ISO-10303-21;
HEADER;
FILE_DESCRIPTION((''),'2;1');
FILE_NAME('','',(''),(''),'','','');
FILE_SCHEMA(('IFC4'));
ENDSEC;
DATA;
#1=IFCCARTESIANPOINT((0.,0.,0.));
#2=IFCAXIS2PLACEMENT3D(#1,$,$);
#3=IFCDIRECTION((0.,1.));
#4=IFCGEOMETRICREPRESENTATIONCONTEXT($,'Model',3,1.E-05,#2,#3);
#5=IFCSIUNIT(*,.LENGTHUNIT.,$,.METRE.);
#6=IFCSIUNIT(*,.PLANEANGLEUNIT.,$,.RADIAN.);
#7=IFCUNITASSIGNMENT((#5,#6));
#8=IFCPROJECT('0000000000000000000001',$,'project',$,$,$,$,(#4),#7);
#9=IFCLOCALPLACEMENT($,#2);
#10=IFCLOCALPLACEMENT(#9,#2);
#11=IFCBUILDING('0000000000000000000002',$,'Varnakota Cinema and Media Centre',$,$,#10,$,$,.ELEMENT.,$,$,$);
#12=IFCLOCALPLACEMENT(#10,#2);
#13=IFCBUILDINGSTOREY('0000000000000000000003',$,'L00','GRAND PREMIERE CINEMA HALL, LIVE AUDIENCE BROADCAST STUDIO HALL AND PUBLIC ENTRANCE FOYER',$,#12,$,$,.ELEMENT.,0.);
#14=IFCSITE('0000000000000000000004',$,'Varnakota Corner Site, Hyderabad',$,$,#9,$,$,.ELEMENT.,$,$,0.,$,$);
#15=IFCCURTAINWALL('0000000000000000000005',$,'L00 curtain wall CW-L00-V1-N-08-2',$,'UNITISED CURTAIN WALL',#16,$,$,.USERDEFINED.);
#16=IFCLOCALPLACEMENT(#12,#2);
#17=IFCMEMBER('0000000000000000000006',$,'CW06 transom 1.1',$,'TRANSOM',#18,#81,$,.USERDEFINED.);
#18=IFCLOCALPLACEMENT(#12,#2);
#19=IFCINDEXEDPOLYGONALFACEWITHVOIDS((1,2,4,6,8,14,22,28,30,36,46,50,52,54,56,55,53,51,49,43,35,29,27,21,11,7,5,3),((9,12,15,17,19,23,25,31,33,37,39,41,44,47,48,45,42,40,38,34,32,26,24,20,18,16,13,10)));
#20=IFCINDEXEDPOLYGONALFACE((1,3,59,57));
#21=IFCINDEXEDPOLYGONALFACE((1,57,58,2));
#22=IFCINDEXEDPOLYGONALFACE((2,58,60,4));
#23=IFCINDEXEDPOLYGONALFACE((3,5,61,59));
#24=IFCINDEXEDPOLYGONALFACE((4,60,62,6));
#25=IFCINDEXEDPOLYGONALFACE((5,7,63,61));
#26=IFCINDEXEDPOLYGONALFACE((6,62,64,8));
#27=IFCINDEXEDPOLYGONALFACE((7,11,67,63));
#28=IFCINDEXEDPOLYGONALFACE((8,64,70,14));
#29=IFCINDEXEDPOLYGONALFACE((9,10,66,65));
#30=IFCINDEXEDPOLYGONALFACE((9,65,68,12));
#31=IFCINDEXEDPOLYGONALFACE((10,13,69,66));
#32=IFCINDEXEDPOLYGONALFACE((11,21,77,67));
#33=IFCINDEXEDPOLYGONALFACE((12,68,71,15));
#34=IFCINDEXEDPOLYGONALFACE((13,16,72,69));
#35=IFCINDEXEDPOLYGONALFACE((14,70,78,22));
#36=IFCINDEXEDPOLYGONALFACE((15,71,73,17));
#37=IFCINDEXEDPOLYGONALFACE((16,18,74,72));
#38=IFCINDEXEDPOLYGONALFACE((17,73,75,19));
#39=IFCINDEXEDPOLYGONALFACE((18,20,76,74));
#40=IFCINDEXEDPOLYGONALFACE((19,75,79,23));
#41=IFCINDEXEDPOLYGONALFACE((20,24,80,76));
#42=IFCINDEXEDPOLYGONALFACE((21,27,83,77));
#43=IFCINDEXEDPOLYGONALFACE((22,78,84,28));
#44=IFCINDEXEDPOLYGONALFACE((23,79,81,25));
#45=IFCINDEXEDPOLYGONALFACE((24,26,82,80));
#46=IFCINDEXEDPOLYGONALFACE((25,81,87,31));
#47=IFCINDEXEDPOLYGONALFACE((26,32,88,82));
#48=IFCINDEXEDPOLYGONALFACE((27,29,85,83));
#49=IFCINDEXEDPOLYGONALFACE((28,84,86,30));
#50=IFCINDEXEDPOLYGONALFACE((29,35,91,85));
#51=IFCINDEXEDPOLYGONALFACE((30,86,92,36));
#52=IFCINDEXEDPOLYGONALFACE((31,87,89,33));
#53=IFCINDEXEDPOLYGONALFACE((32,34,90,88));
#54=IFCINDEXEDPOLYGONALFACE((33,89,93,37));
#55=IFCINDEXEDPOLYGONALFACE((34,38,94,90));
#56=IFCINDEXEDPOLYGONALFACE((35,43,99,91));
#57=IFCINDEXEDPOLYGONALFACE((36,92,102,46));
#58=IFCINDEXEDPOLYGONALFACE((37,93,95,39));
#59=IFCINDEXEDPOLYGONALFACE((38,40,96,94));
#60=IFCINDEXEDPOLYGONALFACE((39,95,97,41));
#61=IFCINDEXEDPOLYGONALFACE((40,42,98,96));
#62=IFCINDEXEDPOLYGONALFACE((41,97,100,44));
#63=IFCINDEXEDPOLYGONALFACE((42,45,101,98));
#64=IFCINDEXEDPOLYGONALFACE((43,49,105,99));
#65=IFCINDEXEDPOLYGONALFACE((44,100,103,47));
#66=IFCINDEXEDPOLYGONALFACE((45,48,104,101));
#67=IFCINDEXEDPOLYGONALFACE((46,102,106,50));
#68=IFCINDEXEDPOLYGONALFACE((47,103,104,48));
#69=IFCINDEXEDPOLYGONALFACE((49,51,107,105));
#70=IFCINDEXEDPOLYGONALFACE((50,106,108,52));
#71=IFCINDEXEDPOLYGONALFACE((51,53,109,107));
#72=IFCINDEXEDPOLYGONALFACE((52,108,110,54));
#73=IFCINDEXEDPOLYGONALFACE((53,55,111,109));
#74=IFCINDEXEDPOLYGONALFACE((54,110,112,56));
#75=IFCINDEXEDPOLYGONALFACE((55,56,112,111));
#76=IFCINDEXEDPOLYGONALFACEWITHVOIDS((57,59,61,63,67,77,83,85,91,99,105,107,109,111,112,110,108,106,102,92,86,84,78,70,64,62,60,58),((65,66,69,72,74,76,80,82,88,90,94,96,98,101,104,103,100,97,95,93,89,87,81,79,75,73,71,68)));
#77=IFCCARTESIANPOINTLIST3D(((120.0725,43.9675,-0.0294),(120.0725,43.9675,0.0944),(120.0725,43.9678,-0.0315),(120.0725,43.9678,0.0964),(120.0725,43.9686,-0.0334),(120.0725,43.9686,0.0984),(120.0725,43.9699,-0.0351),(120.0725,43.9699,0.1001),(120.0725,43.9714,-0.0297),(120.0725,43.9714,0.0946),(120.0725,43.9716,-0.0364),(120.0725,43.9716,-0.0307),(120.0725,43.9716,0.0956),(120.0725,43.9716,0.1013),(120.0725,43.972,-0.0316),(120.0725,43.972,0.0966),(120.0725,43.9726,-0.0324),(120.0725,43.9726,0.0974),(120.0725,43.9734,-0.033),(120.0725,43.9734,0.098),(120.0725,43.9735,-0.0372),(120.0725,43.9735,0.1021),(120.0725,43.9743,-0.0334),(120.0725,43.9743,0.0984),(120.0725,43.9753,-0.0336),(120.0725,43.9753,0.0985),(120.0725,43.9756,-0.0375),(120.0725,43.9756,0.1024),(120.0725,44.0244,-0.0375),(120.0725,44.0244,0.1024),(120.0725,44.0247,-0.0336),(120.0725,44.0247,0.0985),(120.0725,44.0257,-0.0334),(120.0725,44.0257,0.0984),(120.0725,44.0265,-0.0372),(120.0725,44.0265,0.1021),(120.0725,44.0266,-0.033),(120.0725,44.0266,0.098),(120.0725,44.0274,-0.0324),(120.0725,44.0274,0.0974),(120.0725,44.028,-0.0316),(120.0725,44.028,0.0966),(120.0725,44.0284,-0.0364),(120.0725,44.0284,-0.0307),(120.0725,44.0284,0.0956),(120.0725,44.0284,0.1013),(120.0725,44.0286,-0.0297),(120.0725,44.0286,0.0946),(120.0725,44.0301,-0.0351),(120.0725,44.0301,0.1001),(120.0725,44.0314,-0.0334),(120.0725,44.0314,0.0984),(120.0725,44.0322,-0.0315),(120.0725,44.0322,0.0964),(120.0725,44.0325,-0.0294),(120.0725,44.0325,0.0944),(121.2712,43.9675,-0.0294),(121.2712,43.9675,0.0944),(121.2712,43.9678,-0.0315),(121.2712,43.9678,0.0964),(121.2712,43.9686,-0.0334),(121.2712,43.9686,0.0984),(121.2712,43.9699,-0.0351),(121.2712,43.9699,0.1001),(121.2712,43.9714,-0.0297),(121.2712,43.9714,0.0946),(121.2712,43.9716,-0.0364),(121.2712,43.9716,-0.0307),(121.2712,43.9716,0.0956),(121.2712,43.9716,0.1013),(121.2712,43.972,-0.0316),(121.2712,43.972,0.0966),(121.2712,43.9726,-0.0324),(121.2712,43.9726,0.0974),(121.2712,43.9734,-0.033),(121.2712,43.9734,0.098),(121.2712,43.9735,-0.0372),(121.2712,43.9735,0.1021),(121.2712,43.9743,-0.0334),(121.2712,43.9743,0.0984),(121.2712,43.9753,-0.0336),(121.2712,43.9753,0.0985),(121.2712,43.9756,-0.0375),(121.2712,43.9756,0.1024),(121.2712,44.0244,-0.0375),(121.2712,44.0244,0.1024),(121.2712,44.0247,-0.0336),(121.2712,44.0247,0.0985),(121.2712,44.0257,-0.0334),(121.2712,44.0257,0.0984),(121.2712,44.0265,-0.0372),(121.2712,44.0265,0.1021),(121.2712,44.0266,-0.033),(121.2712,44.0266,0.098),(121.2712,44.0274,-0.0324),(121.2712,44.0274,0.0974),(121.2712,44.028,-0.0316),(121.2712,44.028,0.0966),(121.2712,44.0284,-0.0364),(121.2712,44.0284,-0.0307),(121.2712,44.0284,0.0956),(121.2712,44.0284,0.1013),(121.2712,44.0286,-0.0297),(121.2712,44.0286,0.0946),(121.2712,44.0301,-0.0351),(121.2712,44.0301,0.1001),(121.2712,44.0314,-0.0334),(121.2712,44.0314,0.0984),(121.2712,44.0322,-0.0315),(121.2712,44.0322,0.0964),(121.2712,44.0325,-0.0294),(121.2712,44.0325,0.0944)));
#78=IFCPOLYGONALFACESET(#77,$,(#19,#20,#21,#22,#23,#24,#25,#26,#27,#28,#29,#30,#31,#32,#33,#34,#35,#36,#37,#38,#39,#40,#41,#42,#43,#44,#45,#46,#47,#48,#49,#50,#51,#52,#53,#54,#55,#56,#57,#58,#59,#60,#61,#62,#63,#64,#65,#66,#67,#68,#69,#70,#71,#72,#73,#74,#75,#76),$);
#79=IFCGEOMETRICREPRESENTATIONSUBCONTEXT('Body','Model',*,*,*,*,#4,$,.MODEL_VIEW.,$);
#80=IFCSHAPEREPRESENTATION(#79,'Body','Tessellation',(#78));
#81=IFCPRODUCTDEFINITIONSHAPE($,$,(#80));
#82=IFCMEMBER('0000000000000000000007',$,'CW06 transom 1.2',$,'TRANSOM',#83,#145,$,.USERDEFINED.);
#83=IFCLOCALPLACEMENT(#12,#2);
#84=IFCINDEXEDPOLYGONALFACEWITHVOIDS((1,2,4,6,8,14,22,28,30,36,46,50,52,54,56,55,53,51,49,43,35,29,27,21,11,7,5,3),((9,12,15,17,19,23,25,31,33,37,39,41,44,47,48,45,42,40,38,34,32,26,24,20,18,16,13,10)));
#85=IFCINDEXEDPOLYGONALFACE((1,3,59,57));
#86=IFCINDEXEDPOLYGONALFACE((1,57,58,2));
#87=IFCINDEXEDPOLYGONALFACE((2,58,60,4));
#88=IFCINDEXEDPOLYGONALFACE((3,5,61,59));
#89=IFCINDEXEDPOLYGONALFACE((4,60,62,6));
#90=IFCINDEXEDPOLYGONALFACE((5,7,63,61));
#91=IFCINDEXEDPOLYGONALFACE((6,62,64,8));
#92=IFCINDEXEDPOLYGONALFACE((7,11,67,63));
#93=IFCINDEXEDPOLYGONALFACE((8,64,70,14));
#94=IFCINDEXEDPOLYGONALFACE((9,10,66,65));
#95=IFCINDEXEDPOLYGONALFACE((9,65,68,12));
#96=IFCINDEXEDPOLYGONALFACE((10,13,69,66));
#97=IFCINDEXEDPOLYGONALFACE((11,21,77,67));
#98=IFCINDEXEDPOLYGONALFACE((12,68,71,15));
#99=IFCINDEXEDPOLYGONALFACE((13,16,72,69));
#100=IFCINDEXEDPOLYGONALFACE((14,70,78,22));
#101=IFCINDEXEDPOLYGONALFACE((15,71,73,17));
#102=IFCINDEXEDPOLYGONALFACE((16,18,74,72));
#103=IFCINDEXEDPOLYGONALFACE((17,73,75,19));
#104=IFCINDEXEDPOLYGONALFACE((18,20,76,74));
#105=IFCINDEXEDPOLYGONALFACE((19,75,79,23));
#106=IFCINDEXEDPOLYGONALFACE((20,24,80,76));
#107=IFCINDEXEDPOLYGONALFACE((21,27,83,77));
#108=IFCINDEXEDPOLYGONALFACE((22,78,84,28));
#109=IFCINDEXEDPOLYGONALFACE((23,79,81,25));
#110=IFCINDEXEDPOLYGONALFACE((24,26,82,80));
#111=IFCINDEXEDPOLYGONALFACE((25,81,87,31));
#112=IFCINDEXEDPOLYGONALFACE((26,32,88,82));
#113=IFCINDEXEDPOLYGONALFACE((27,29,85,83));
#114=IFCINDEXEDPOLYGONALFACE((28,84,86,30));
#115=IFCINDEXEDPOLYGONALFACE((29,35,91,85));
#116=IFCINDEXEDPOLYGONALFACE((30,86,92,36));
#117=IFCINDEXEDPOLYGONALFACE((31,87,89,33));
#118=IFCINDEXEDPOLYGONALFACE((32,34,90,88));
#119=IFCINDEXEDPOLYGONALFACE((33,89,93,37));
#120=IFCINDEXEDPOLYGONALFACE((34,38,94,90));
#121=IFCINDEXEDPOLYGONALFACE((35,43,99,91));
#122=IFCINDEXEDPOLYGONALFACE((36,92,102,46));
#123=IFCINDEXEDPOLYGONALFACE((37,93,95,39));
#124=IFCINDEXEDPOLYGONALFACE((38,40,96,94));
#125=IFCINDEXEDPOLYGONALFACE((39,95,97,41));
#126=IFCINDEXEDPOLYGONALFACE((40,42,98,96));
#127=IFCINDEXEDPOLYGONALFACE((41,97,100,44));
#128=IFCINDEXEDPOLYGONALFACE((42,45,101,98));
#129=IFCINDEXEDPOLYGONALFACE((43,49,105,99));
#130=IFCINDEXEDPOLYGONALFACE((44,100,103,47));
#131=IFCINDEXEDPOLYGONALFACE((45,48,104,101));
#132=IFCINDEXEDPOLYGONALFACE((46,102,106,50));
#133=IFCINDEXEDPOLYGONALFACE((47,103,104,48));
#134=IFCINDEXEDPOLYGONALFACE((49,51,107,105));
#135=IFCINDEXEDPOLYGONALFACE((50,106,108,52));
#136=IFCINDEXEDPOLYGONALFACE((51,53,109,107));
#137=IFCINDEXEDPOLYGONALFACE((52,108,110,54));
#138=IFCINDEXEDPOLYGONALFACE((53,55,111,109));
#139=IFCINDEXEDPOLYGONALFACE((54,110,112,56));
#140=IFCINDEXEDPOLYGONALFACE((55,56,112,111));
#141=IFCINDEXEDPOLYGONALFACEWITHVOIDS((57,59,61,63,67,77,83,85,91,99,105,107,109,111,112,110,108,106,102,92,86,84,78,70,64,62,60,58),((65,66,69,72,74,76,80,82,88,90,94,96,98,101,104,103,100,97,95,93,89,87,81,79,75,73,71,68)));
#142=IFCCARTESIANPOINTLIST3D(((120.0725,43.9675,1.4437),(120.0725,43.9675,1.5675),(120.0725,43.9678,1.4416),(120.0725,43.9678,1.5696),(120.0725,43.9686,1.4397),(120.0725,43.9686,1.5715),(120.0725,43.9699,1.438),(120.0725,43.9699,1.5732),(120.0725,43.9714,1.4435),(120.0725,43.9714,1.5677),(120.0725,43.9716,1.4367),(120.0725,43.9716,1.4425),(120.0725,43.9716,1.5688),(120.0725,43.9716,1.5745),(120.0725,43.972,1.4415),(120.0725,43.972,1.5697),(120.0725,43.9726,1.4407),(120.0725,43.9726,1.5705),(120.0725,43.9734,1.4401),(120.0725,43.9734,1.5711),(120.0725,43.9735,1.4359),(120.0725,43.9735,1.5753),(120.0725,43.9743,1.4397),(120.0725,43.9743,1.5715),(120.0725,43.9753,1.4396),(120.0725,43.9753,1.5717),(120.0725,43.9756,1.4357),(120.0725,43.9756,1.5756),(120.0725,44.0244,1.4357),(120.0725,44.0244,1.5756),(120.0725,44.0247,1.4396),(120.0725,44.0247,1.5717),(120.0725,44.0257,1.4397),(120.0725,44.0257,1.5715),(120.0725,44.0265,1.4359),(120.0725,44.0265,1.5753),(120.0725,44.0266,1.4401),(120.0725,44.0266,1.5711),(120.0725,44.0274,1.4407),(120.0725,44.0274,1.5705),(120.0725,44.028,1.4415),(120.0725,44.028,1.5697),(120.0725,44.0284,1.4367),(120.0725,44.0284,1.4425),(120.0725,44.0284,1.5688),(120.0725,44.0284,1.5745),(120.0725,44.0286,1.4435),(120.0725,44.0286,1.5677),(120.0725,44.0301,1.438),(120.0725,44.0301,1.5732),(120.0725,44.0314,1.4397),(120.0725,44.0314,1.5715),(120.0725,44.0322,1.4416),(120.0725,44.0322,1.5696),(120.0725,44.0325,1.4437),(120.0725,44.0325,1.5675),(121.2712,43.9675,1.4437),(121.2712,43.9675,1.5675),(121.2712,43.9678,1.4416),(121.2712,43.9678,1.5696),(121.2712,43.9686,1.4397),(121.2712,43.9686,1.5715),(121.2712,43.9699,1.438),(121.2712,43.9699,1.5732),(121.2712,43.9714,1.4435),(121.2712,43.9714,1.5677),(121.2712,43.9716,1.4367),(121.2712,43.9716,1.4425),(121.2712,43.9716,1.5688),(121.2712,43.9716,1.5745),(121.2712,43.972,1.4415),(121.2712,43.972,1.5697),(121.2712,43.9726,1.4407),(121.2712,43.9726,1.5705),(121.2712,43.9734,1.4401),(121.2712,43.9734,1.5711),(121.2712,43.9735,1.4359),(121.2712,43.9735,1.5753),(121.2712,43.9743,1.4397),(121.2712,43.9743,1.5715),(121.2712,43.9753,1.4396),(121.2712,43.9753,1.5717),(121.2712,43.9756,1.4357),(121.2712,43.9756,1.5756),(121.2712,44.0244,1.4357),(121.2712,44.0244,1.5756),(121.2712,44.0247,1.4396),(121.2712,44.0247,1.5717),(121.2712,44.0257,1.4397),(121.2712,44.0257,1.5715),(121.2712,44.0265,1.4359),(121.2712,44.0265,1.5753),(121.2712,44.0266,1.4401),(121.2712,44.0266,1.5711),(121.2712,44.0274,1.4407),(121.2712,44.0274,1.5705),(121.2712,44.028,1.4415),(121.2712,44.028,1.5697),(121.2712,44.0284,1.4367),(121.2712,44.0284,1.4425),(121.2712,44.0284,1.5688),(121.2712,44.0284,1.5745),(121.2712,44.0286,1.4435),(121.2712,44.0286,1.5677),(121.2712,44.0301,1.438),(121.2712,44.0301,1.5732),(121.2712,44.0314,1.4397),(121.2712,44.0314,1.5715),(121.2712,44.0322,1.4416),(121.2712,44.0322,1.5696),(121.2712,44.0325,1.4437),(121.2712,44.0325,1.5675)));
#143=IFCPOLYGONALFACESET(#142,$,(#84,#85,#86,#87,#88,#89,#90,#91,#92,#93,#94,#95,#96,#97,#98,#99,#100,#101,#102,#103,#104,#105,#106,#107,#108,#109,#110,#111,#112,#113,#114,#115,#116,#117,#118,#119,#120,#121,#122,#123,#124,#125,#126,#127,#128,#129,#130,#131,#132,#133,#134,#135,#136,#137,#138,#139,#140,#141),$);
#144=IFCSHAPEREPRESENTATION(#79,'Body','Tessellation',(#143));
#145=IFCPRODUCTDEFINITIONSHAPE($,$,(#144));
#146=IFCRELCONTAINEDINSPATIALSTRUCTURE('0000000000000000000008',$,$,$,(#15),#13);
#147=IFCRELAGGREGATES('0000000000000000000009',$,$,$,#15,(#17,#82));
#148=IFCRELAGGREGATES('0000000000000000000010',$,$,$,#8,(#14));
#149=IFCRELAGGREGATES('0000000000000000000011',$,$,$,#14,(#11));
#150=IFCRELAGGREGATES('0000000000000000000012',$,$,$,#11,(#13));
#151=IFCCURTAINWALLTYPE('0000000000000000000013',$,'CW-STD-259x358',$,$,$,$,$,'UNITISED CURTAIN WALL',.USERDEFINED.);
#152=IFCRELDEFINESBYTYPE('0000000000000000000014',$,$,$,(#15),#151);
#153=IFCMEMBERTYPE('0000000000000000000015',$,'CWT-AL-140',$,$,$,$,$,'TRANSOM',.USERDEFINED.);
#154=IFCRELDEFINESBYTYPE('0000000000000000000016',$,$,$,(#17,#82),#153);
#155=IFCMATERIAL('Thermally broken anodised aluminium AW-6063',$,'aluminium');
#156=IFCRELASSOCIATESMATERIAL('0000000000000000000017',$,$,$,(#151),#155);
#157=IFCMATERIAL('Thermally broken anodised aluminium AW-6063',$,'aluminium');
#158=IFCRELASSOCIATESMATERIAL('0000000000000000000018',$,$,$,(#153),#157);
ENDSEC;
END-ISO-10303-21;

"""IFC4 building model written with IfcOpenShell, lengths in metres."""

from ifc_helpers import new_model, si_unit, direction, frame, origin, origin_2d, place, context, subcontext, project, spatial, hollow_rectangle, extrude, material, material_profile, profile_set, type_object, element, aggregate, save


model = new_model("IFC4")

# Units and contexts
model_context = context("Model", 3, precision=1e-05, world=origin(), true_north=direction((0.0, 1.0)))
body_context = subcontext(model_context, "Body", "Model", "MODEL_VIEW")
ifc_project = project(units=[si_unit("LENGTHUNIT", "METRE"), si_unit("PLANEANGLEUNIT", "RADIAN")], contexts=[model_context])

# Site, building, storey
site_placement = place(None, origin())
site = spatial("IfcSite", under=ifc_project, at=site_placement, Name="Varnakota Corner Site, Hyderabad", CompositionType="ELEMENT", RefElevation=0.0)
building_placement = place(site_placement, origin())
building = spatial("IfcBuilding", under=site, at=building_placement, Name="Varnakota Cinema and Media Centre", CompositionType="ELEMENT")
storey_placement = place(building_placement, origin())
storey = spatial("IfcBuildingStorey", under=building, at=storey_placement, Name="L00", Description="GRAND PREMIERE CINEMA HALL, LIVE AUDIENCE BROADCAST STUDIO HALL AND PUBLIC ENTRANCE FOYER", CompositionType="ELEMENT", Elevation=0.0)

# Curtain wall
ifc_material_1 = material(Name="Thermally broken anodised aluminium AW-6063", Category="aluminium")
curtain_wall_type = type_object("IfcCurtainWallType", Name="CW-STD-259x358", ElementType="UNITISED CURTAIN WALL", PredefinedType="USERDEFINED", material=ifc_material_1)
curtain_wall_1_placement = place(storey_placement, origin())
curtain_wall_1 = element("IfcCurtainWall", 1, at=curtain_wall_1_placement, inside=storey, type_object=curtain_wall_type, Name="L00 curtain wall CW-L00-V1-N-08-2", ObjectType="UNITISED CURTAIN WALL", PredefinedType="USERDEFINED")

# Members
ifc_material_2 = material(Name="Thermally broken anodised aluminium AW-6063", Category="aluminium")
ifc_material_profile_1 = material_profile(ifc_material_2, hollow_rectangle(XDim=0.0649, YDim=0.1399, WallThickness=0.0039, InnerFilletRadius=0.0039, OuterFilletRadius=0.0081, at=origin_2d()), Name="AL-TRANSOM 140x65x4")
ifc_profile_set_1 = profile_set([ifc_material_profile_1], Name="Thermally broken anodised aluminium AW-6063")
member_type_1 = type_object("IfcMemberType", Name="CWT-AL-140", ElementType="TRANSOM", PredefinedType="USERDEFINED", material=ifc_profile_set_1)
member_1_placement = place(storey_placement, frame((120.0725, 44.0, 0.0325), z_axis=(1.0, 0.0, 0.0), x_axis=(0.0, 1.0, 0.0)))
member_1 = element("IfcMember", 2, at=member_1_placement, type_object=member_type_1, Name="CW06 transom 1.1", ObjectType="TRANSOM", PredefinedType="USERDEFINED", context=body_context, shape_type="SweptSolid", body=[
    extrude(hollow_rectangle(XDim=0.0649, YDim=0.1399, WallThickness=0.0039, InnerFilletRadius=0.0039, OuterFilletRadius=0.0081, at=origin_2d()), origin(), (0.0, 0.0, 1.0), 1.1987),
])
member_2_placement = place(storey_placement, frame((120.0725, 44.0, 1.5056), z_axis=(1.0, 0.0, 0.0), x_axis=(0.0, 1.0, 0.0)))
member_2 = element("IfcMember", 3, at=member_2_placement, type_object=member_type_1, Name="CW06 transom 1.2", ObjectType="TRANSOM", PredefinedType="USERDEFINED", context=body_context, shape_type="SweptSolid", body=[
    extrude(hollow_rectangle(XDim=0.0649, YDim=0.1399, WallThickness=0.0039, InnerFilletRadius=0.0039, OuterFilletRadius=0.0081, at=origin_2d()), origin(), (0.0, 0.0, 1.0), 1.1987),
])

aggregate(curtain_wall_1, [member_1, member_2])

save(model, "model.ifc")
